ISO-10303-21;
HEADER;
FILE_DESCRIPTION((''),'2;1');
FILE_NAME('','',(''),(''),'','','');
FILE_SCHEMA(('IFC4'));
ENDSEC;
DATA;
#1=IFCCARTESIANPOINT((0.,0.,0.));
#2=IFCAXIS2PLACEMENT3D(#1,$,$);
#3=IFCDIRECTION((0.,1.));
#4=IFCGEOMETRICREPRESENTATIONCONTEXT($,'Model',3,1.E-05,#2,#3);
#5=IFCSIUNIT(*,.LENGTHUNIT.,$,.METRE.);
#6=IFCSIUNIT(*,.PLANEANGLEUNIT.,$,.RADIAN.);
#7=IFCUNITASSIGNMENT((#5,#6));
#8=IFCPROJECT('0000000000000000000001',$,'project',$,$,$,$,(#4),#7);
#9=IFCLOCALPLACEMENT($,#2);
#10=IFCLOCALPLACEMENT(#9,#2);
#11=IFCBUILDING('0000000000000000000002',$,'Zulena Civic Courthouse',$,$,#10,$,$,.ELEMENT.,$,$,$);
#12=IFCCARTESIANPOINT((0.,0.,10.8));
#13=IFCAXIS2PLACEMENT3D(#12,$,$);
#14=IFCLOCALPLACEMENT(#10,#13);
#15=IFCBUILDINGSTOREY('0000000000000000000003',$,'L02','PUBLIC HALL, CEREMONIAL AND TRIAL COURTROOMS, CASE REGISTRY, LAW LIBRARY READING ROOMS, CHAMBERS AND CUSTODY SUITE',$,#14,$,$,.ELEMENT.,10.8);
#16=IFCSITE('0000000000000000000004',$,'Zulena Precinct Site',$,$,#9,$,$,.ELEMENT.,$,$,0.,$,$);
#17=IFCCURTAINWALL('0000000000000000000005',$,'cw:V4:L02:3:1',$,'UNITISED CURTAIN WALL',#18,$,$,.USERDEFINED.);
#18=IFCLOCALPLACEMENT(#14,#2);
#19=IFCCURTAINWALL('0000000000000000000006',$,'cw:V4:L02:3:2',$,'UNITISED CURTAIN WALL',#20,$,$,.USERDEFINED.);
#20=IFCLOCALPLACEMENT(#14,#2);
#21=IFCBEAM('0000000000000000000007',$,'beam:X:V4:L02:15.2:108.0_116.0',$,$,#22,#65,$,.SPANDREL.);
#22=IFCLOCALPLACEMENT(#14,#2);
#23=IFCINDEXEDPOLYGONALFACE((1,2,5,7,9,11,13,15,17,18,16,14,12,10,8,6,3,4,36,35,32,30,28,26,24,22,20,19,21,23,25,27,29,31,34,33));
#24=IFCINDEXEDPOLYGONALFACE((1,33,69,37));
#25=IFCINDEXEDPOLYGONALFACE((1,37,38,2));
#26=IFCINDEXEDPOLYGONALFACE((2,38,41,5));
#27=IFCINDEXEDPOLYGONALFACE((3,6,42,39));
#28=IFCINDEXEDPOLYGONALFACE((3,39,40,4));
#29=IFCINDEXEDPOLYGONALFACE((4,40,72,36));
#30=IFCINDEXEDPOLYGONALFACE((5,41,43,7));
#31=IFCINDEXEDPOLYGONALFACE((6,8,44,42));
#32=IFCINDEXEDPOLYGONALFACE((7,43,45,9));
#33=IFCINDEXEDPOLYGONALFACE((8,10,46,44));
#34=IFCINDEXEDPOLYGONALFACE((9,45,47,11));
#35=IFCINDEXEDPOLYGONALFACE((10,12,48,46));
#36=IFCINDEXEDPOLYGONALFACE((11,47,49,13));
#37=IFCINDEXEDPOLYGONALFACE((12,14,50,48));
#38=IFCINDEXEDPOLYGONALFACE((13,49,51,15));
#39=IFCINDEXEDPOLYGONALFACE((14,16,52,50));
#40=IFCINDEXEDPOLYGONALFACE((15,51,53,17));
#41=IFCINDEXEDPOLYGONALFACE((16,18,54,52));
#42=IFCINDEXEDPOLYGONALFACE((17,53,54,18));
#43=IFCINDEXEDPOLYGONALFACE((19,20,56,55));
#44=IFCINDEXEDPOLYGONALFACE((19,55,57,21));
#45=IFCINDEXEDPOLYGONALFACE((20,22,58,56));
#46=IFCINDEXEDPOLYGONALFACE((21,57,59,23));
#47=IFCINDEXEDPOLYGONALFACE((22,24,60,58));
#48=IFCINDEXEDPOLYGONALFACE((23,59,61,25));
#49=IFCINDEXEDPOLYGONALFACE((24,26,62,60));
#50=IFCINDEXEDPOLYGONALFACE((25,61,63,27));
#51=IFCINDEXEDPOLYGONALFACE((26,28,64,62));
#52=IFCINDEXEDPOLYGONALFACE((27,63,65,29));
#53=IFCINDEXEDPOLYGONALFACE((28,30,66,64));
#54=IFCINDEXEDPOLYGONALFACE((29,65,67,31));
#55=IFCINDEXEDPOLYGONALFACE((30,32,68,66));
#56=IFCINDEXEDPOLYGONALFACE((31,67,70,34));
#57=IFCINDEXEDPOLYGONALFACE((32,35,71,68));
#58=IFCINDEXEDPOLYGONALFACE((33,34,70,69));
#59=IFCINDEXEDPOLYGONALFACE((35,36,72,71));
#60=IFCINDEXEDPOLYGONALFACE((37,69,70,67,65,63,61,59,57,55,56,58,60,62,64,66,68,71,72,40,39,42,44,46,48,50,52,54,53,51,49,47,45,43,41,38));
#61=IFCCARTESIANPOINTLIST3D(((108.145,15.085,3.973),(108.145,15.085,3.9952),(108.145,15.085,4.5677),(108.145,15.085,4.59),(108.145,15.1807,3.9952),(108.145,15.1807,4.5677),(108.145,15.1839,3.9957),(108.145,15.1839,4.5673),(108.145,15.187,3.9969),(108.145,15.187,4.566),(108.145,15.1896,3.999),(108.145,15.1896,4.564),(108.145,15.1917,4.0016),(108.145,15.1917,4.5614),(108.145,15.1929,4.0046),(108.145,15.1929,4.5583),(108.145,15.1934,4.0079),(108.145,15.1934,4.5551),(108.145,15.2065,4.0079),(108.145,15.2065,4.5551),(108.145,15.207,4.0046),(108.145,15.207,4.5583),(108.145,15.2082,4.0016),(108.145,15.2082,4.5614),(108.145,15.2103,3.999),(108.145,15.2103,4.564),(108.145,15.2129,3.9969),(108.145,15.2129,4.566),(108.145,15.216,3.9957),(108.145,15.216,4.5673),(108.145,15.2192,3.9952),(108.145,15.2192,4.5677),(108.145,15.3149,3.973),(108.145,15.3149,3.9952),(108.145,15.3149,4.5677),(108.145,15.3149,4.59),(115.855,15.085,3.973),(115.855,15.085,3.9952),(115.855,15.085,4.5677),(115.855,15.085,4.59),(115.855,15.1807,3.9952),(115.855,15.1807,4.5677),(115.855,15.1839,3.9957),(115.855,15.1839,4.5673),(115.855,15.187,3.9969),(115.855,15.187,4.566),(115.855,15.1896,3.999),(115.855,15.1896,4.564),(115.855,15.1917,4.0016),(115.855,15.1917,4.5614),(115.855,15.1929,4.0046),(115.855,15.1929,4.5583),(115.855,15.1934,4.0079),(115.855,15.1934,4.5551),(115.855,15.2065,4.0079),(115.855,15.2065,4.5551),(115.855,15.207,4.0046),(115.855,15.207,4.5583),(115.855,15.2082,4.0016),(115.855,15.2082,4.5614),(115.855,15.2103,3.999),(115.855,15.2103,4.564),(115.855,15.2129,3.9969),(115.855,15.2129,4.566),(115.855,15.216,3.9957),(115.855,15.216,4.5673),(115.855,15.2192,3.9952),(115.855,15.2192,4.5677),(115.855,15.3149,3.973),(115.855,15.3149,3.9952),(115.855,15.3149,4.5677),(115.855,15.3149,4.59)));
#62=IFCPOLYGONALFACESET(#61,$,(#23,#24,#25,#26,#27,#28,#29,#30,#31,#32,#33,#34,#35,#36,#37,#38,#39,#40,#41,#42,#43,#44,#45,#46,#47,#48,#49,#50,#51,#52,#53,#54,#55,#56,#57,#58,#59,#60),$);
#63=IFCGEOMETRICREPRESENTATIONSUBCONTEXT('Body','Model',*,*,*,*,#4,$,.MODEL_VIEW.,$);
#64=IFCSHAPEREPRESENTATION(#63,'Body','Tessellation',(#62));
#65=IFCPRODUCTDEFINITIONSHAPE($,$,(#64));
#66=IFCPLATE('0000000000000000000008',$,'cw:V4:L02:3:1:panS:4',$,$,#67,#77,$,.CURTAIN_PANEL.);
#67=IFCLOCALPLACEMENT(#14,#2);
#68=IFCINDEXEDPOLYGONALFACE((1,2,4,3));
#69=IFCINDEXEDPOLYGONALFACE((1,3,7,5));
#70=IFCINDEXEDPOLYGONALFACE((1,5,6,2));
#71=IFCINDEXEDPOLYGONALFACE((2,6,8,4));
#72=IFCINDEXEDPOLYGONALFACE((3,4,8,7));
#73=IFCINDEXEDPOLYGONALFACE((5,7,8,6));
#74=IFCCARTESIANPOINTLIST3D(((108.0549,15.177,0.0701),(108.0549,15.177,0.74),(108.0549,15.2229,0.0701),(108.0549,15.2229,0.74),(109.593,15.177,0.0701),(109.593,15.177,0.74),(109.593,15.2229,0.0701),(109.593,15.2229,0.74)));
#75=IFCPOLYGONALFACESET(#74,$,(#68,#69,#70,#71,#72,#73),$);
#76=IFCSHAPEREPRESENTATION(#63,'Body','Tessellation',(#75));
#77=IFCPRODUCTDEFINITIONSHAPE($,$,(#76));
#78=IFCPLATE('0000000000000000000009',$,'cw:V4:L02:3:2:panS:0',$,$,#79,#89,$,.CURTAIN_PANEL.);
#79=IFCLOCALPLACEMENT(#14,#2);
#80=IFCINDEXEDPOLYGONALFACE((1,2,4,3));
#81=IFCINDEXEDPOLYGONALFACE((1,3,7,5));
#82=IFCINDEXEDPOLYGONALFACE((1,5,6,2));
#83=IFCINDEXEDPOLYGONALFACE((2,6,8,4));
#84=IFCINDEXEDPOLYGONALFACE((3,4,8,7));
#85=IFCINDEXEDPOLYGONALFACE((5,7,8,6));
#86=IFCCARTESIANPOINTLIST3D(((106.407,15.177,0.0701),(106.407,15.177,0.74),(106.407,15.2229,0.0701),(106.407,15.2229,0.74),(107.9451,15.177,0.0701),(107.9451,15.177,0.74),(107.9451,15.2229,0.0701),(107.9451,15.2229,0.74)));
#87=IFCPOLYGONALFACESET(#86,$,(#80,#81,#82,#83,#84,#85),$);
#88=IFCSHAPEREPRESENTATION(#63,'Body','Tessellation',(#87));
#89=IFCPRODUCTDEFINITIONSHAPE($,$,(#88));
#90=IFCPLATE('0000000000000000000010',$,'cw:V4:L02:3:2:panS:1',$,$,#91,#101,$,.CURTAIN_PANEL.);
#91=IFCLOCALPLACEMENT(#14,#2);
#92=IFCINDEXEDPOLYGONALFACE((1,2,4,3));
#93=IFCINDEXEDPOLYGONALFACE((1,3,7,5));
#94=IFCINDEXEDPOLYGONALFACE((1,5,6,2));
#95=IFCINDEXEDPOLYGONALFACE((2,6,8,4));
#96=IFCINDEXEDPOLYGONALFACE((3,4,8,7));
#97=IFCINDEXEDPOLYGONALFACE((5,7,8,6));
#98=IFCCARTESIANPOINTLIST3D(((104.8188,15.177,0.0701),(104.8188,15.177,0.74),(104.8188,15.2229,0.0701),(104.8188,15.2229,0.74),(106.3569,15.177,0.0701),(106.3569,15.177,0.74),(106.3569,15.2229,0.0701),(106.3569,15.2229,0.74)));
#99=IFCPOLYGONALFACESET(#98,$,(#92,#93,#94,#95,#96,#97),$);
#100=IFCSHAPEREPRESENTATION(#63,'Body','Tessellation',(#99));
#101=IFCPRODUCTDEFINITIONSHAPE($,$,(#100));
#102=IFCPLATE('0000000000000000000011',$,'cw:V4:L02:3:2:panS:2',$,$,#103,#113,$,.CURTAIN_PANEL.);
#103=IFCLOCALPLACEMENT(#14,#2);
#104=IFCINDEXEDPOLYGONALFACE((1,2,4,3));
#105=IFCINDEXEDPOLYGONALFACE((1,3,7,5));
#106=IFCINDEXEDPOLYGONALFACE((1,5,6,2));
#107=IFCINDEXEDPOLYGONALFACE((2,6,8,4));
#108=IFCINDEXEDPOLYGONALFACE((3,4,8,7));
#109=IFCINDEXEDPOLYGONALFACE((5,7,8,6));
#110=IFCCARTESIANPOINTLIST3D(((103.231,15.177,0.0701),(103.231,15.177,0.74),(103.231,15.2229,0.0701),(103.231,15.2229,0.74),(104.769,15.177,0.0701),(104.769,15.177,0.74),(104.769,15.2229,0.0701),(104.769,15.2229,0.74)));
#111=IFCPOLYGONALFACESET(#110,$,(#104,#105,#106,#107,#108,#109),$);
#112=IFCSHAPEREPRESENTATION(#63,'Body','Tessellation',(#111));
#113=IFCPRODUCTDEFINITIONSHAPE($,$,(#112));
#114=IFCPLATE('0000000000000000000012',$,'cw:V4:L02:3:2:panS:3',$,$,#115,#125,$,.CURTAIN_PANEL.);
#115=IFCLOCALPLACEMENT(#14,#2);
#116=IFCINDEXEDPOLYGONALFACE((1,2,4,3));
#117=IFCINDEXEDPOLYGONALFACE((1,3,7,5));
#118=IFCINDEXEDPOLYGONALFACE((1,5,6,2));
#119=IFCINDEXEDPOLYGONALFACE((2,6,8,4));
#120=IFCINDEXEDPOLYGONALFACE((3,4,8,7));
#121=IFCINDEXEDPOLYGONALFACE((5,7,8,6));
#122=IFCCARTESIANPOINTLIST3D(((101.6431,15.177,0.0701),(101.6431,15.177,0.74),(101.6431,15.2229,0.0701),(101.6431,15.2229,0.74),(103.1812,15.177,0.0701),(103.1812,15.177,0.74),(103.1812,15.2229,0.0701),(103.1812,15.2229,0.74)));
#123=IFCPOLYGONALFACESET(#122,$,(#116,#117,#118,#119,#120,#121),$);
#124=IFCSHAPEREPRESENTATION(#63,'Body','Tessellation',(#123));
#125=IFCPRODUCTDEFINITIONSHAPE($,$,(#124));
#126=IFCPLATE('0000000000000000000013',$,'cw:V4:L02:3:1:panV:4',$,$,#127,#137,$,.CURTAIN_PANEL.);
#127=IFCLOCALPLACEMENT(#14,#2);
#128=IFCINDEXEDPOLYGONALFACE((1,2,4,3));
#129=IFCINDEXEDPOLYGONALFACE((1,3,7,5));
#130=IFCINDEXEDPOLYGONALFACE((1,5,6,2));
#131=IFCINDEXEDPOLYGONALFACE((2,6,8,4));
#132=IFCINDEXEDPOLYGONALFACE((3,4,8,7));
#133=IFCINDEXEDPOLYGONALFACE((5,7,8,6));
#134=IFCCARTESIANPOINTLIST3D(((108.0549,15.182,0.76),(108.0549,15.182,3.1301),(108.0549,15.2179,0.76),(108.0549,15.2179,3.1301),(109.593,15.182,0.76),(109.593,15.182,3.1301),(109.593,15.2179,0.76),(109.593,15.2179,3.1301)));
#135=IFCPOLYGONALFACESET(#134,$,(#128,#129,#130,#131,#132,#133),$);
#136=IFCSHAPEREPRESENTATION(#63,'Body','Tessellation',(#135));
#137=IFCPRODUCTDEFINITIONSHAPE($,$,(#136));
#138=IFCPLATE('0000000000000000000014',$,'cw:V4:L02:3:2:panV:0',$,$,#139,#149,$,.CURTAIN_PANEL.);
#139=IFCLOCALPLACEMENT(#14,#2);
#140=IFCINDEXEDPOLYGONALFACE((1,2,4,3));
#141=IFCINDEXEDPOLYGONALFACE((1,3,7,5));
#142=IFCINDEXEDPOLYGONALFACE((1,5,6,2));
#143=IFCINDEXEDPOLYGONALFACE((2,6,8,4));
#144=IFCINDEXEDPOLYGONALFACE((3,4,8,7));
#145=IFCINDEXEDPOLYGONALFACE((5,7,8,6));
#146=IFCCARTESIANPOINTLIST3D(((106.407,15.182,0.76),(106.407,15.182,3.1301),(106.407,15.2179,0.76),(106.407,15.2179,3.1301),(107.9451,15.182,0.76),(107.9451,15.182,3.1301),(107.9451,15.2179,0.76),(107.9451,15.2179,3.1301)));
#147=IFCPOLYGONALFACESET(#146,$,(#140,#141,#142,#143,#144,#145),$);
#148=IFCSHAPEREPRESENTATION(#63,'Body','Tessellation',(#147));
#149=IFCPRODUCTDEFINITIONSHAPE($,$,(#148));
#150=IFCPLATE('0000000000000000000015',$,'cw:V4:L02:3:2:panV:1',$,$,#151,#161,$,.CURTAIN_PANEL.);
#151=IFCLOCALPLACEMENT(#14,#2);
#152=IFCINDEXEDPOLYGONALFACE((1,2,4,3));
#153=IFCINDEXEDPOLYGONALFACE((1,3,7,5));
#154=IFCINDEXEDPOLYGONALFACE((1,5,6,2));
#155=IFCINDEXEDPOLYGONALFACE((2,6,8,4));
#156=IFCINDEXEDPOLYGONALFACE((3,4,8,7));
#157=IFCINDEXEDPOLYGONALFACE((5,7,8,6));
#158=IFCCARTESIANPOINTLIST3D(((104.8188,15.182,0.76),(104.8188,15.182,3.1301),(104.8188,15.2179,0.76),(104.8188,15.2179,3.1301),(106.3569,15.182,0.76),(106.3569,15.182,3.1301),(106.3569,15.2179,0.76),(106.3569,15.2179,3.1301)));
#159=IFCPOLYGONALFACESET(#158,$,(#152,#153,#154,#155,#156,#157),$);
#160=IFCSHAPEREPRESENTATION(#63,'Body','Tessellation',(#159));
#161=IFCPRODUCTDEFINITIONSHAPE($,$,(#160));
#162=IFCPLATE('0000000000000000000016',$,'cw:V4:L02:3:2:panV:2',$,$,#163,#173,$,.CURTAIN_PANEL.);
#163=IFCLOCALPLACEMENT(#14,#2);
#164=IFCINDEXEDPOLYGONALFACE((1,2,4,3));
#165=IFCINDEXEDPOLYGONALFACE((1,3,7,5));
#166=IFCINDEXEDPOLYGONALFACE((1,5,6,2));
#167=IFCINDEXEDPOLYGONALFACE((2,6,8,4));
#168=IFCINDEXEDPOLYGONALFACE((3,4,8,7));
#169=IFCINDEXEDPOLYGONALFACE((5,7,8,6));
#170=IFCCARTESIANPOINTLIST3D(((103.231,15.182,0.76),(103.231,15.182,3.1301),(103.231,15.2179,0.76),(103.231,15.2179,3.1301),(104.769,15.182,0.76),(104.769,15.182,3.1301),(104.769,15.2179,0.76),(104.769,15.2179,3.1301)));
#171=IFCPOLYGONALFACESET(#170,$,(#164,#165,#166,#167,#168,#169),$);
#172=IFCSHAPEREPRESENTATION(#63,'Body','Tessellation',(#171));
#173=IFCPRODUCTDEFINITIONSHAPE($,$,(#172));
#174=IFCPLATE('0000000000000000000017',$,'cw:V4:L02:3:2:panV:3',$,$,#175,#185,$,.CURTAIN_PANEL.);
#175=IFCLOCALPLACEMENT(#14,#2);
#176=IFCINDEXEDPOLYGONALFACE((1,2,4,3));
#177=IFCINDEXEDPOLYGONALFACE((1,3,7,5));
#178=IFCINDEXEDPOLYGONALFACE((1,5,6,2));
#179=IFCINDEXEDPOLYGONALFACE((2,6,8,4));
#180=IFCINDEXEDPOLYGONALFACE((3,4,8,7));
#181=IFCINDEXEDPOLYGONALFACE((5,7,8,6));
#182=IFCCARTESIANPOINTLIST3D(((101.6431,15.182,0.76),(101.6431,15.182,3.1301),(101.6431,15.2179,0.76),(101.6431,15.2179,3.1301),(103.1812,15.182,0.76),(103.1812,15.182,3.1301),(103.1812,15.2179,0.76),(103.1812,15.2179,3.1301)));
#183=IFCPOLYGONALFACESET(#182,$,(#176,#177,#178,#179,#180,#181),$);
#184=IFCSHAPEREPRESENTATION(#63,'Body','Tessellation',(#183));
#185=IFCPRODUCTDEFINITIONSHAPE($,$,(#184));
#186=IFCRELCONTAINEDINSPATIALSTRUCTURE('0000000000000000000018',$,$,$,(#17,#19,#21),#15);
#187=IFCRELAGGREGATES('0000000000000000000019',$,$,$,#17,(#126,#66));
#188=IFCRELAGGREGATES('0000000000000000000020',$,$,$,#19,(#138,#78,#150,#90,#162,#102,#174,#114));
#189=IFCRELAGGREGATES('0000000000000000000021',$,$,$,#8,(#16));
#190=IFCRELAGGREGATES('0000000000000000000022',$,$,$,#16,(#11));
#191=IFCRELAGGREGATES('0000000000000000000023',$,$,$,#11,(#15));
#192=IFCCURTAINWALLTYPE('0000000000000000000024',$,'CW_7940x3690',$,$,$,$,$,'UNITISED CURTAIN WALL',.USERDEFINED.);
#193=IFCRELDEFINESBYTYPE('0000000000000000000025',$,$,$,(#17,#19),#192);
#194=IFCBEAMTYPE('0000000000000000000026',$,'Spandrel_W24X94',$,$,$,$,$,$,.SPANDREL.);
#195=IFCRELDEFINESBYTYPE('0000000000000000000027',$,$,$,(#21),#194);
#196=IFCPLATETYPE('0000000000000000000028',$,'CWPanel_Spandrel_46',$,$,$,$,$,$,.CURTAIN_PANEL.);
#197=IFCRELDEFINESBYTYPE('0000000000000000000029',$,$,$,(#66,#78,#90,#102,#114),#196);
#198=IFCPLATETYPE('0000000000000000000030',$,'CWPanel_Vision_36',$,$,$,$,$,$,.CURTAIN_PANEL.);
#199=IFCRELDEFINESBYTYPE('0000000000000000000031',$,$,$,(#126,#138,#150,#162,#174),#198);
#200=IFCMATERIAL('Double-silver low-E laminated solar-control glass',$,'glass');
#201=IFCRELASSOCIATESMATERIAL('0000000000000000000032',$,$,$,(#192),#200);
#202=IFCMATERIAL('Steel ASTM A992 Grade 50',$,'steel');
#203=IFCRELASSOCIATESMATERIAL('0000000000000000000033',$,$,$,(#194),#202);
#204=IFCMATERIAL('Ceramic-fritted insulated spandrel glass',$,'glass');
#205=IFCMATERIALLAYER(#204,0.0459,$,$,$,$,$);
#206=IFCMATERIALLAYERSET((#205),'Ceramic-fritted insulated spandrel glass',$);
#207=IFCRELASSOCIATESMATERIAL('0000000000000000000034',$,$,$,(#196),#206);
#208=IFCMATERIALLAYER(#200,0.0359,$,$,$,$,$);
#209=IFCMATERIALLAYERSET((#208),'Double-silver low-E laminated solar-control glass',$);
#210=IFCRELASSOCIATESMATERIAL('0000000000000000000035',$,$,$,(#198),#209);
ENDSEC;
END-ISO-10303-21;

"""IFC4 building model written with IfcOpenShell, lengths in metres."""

from ifc_helpers import new_model, si_unit, direction, frame, origin, origin_2d, place, context, subcontext, project, spatial, rectangle, i_section, extrude, material, layer, layer_set, material_profile, profile_set, type_object, element, aggregate, save


model = new_model("IFC4")

# Units and contexts
model_context = context("Model", 3, precision=1e-05, world=origin(), true_north=direction((0.0, 1.0)))
body_context = subcontext(model_context, "Body", "Model", "MODEL_VIEW")
ifc_project = project(units=[si_unit("LENGTHUNIT", "METRE"), si_unit("PLANEANGLEUNIT", "RADIAN")], contexts=[model_context])

# Site, building, storey
site_placement = place(None, origin())
site = spatial("IfcSite", under=ifc_project, at=site_placement, Name="Zulena Precinct Site", CompositionType="ELEMENT", RefElevation=0.0)
building_placement = place(site_placement, origin())
building = spatial("IfcBuilding", under=site, at=building_placement, Name="Zulena Civic Courthouse", CompositionType="ELEMENT")
storey_placement = place(building_placement, frame((0.0, 0.0, 10.8)))
storey = spatial("IfcBuildingStorey", under=building, at=storey_placement, Name="L02", Description="PUBLIC HALL, CEREMONIAL AND TRIAL COURTROOMS, CASE REGISTRY, LAW LIBRARY READING ROOMS, CHAMBERS AND CUSTODY SUITE", CompositionType="ELEMENT", Elevation=10.8)

# Shared definitions
ifc_material_1 = material(Name="Steel ASTM A992 Grade 50", Category="steel")

# Curtain wall
ifc_material_2 = material(Name="Double-silver low-E laminated solar-control glass", Category="glass")
curtain_wall_type = type_object("IfcCurtainWallType", Name="CW_7940x3690", ElementType="UNITISED CURTAIN WALL", PredefinedType="USERDEFINED", material=ifc_material_2)
curtain_wall_1_placement = place(storey_placement, origin())
curtain_wall_1 = element("IfcCurtainWall", 1, at=curtain_wall_1_placement, inside=storey, type_object=curtain_wall_type, Name="cw:V4:L02:3:1", ObjectType="UNITISED CURTAIN WALL", PredefinedType="USERDEFINED")

# Curtain wall
curtain_wall_2_placement = place(storey_placement, origin())
curtain_wall_2 = element("IfcCurtainWall", 2, at=curtain_wall_2_placement, inside=storey, type_object=curtain_wall_type, Name="cw:V4:L02:3:2", ObjectType="UNITISED CURTAIN WALL", PredefinedType="USERDEFINED")

# Beam
ifc_material_profile_1 = material_profile(ifc_material_1, i_section(OverallWidth=0.23, OverallDepth=0.6169, WebThickness=0.0132, FlangeThickness=0.0222, FilletRadius=0.0127, at=origin_2d()), Name="W24X94")
ifc_profile_set_1 = profile_set([ifc_material_profile_1], Name="Steel ASTM A992 Grade 50")
beam_type_1 = type_object("IfcBeamType", Name="Spandrel_W24X94", PredefinedType="SPANDREL", material=ifc_profile_set_1)
beam_1_placement = place(storey_placement, frame((108.145, 15.2, 4.2815), z_axis=(1.0, 0.0, 0.0), x_axis=(0.0, 1.0, 0.0)))
element("IfcBeam", 3, at=beam_1_placement, inside=storey, type_object=beam_type_1, Name="beam:X:V4:L02:15.2:108.0_116.0", PredefinedType="SPANDREL", context=body_context, shape_type="SweptSolid", body=[
    extrude(i_section(OverallWidth=0.23, OverallDepth=0.6169, WebThickness=0.0132, FlangeThickness=0.0222, FilletRadius=0.0127, at=origin_2d()), origin(), (0.0, 0.0, 1.0), 7.71),
])

# Plates
ifc_material_3 = material(Name="Ceramic-fritted insulated spandrel glass", Category="glass")
ifc_layer_1 = layer(ifc_material_3, 0.0459)
ifc_layer_set_1 = layer_set([ifc_layer_1], Name="Ceramic-fritted insulated spandrel glass")
plate_type_1 = type_object("IfcPlateType", Name="CWPanel_Spandrel_46", PredefinedType="CURTAIN_PANEL", material=ifc_layer_set_1)
plate_1_placement = place(storey_placement, frame((108.824, 15.2, 0.0701), z_axis=(0.0, 0.0, 1.0), x_axis=(-1.0, 0.0, 0.0)))
plate_1 = element("IfcPlate", 4, at=plate_1_placement, type_object=plate_type_1, Name="cw:V4:L02:3:1:panS:4", PredefinedType="CURTAIN_PANEL", context=body_context, shape_type="SweptSolid", body=[
    extrude(rectangle(XDim=1.5381, YDim=0.0459, at=origin_2d()), origin(), (0.0, 0.0, 1.0), 0.6699),
])
plate_2_placement = place(storey_placement, frame((107.176, 15.2, 0.0701), z_axis=(0.0, 0.0, 1.0), x_axis=(-1.0, 0.0, 0.0)))
plate_2 = element("IfcPlate", 5, at=plate_2_placement, type_object=plate_type_1, Name="cw:V4:L02:3:2:panS:0", PredefinedType="CURTAIN_PANEL", context=body_context, shape_type="SweptSolid", body=[
    extrude(rectangle(XDim=1.5381, YDim=0.0459, at=origin_2d()), origin(), (0.0, 0.0, 1.0), 0.6699),
])
plate_3_placement = place(storey_placement, frame((105.5879, 15.2, 0.0701), z_axis=(0.0, 0.0, 1.0), x_axis=(-1.0, 0.0, 0.0)))
plate_3 = element("IfcPlate", 6, at=plate_3_placement, type_object=plate_type_1, Name="cw:V4:L02:3:2:panS:1", PredefinedType="CURTAIN_PANEL", context=body_context, shape_type="SweptSolid", body=[
    extrude(rectangle(XDim=1.5381, YDim=0.0459, at=origin_2d()), origin(), (0.0, 0.0, 1.0), 0.6699),
])
plate_4_placement = place(storey_placement, frame((104.0, 15.2, 0.0701), z_axis=(0.0, 0.0, 1.0), x_axis=(-1.0, 0.0, 0.0)))
plate_4 = element("IfcPlate", 7, at=plate_4_placement, type_object=plate_type_1, Name="cw:V4:L02:3:2:panS:2", PredefinedType="CURTAIN_PANEL", context=body_context, shape_type="SweptSolid", body=[
    extrude(rectangle(XDim=1.5381, YDim=0.0459, at=origin_2d()), origin(), (0.0, 0.0, 1.0), 0.6699),
])
plate_5_placement = place(storey_placement, frame((102.4121, 15.2, 0.0701), z_axis=(0.0, 0.0, 1.0), x_axis=(-1.0, 0.0, 0.0)))
plate_5 = element("IfcPlate", 8, at=plate_5_placement, type_object=plate_type_1, Name="cw:V4:L02:3:2:panS:3", PredefinedType="CURTAIN_PANEL", context=body_context, shape_type="SweptSolid", body=[
    extrude(rectangle(XDim=1.5381, YDim=0.0459, at=origin_2d()), origin(), (0.0, 0.0, 1.0), 0.6699),
])
ifc_layer_2 = layer(ifc_material_2, 0.0359)
ifc_layer_set_2 = layer_set([ifc_layer_2], Name="Double-silver low-E laminated solar-control glass")
plate_type_2 = type_object("IfcPlateType", Name="CWPanel_Vision_36", PredefinedType="CURTAIN_PANEL", material=ifc_layer_set_2)
plate_6_placement = place(storey_placement, frame((108.824, 15.2, 0.76), z_axis=(0.0, 0.0, 1.0), x_axis=(-1.0, 0.0, 0.0)))
plate_6 = element("IfcPlate", 9, at=plate_6_placement, type_object=plate_type_2, Name="cw:V4:L02:3:1:panV:4", PredefinedType="CURTAIN_PANEL", context=body_context, shape_type="SweptSolid", body=[
    extrude(rectangle(XDim=1.5381, YDim=0.0359, at=origin_2d()), origin(), (0.0, 0.0, 1.0), 2.3701),
])
aggregate(curtain_wall_1, [plate_6, plate_1])
plate_7_placement = place(storey_placement, frame((107.176, 15.2, 0.76), z_axis=(0.0, 0.0, 1.0), x_axis=(-1.0, 0.0, 0.0)))
plate_7 = element("IfcPlate", 10, at=plate_7_placement, type_object=plate_type_2, Name="cw:V4:L02:3:2:panV:0", PredefinedType="CURTAIN_PANEL", context=body_context, shape_type="SweptSolid", body=[
    extrude(rectangle(XDim=1.5381, YDim=0.0359, at=origin_2d()), origin(), (0.0, 0.0, 1.0), 2.3701),
])
plate_8_placement = place(storey_placement, frame((105.5879, 15.2, 0.76), z_axis=(0.0, 0.0, 1.0), x_axis=(-1.0, 0.0, 0.0)))
plate_8 = element("IfcPlate", 11, at=plate_8_placement, type_object=plate_type_2, Name="cw:V4:L02:3:2:panV:1", PredefinedType="CURTAIN_PANEL", context=body_context, shape_type="SweptSolid", body=[
    extrude(rectangle(XDim=1.5381, YDim=0.0359, at=origin_2d()), origin(), (0.0, 0.0, 1.0), 2.3701),
])
plate_9_placement = place(storey_placement, frame((104.0, 15.2, 0.76), z_axis=(0.0, 0.0, 1.0), x_axis=(-1.0, 0.0, 0.0)))
plate_9 = element("IfcPlate", 12, at=plate_9_placement, type_object=plate_type_2, Name="cw:V4:L02:3:2:panV:2", PredefinedType="CURTAIN_PANEL", context=body_context, shape_type="SweptSolid", body=[
    extrude(rectangle(XDim=1.5381, YDim=0.0359, at=origin_2d()), origin(), (0.0, 0.0, 1.0), 2.3701),
])
plate_10_placement = place(storey_placement, frame((102.4121, 15.2, 0.76), z_axis=(0.0, 0.0, 1.0), x_axis=(-1.0, 0.0, 0.0)))
plate_10 = element("IfcPlate", 13, at=plate_10_placement, type_object=plate_type_2, Name="cw:V4:L02:3:2:panV:3", PredefinedType="CURTAIN_PANEL", context=body_context, shape_type="SweptSolid", body=[
    extrude(rectangle(XDim=1.5381, YDim=0.0359, at=origin_2d()), origin(), (0.0, 0.0, 1.0), 2.3701),
])
aggregate(curtain_wall_2, [plate_7, plate_2, plate_8, plate_3, plate_9, plate_4, plate_10, plate_5])

save(model, "model.ifc")
